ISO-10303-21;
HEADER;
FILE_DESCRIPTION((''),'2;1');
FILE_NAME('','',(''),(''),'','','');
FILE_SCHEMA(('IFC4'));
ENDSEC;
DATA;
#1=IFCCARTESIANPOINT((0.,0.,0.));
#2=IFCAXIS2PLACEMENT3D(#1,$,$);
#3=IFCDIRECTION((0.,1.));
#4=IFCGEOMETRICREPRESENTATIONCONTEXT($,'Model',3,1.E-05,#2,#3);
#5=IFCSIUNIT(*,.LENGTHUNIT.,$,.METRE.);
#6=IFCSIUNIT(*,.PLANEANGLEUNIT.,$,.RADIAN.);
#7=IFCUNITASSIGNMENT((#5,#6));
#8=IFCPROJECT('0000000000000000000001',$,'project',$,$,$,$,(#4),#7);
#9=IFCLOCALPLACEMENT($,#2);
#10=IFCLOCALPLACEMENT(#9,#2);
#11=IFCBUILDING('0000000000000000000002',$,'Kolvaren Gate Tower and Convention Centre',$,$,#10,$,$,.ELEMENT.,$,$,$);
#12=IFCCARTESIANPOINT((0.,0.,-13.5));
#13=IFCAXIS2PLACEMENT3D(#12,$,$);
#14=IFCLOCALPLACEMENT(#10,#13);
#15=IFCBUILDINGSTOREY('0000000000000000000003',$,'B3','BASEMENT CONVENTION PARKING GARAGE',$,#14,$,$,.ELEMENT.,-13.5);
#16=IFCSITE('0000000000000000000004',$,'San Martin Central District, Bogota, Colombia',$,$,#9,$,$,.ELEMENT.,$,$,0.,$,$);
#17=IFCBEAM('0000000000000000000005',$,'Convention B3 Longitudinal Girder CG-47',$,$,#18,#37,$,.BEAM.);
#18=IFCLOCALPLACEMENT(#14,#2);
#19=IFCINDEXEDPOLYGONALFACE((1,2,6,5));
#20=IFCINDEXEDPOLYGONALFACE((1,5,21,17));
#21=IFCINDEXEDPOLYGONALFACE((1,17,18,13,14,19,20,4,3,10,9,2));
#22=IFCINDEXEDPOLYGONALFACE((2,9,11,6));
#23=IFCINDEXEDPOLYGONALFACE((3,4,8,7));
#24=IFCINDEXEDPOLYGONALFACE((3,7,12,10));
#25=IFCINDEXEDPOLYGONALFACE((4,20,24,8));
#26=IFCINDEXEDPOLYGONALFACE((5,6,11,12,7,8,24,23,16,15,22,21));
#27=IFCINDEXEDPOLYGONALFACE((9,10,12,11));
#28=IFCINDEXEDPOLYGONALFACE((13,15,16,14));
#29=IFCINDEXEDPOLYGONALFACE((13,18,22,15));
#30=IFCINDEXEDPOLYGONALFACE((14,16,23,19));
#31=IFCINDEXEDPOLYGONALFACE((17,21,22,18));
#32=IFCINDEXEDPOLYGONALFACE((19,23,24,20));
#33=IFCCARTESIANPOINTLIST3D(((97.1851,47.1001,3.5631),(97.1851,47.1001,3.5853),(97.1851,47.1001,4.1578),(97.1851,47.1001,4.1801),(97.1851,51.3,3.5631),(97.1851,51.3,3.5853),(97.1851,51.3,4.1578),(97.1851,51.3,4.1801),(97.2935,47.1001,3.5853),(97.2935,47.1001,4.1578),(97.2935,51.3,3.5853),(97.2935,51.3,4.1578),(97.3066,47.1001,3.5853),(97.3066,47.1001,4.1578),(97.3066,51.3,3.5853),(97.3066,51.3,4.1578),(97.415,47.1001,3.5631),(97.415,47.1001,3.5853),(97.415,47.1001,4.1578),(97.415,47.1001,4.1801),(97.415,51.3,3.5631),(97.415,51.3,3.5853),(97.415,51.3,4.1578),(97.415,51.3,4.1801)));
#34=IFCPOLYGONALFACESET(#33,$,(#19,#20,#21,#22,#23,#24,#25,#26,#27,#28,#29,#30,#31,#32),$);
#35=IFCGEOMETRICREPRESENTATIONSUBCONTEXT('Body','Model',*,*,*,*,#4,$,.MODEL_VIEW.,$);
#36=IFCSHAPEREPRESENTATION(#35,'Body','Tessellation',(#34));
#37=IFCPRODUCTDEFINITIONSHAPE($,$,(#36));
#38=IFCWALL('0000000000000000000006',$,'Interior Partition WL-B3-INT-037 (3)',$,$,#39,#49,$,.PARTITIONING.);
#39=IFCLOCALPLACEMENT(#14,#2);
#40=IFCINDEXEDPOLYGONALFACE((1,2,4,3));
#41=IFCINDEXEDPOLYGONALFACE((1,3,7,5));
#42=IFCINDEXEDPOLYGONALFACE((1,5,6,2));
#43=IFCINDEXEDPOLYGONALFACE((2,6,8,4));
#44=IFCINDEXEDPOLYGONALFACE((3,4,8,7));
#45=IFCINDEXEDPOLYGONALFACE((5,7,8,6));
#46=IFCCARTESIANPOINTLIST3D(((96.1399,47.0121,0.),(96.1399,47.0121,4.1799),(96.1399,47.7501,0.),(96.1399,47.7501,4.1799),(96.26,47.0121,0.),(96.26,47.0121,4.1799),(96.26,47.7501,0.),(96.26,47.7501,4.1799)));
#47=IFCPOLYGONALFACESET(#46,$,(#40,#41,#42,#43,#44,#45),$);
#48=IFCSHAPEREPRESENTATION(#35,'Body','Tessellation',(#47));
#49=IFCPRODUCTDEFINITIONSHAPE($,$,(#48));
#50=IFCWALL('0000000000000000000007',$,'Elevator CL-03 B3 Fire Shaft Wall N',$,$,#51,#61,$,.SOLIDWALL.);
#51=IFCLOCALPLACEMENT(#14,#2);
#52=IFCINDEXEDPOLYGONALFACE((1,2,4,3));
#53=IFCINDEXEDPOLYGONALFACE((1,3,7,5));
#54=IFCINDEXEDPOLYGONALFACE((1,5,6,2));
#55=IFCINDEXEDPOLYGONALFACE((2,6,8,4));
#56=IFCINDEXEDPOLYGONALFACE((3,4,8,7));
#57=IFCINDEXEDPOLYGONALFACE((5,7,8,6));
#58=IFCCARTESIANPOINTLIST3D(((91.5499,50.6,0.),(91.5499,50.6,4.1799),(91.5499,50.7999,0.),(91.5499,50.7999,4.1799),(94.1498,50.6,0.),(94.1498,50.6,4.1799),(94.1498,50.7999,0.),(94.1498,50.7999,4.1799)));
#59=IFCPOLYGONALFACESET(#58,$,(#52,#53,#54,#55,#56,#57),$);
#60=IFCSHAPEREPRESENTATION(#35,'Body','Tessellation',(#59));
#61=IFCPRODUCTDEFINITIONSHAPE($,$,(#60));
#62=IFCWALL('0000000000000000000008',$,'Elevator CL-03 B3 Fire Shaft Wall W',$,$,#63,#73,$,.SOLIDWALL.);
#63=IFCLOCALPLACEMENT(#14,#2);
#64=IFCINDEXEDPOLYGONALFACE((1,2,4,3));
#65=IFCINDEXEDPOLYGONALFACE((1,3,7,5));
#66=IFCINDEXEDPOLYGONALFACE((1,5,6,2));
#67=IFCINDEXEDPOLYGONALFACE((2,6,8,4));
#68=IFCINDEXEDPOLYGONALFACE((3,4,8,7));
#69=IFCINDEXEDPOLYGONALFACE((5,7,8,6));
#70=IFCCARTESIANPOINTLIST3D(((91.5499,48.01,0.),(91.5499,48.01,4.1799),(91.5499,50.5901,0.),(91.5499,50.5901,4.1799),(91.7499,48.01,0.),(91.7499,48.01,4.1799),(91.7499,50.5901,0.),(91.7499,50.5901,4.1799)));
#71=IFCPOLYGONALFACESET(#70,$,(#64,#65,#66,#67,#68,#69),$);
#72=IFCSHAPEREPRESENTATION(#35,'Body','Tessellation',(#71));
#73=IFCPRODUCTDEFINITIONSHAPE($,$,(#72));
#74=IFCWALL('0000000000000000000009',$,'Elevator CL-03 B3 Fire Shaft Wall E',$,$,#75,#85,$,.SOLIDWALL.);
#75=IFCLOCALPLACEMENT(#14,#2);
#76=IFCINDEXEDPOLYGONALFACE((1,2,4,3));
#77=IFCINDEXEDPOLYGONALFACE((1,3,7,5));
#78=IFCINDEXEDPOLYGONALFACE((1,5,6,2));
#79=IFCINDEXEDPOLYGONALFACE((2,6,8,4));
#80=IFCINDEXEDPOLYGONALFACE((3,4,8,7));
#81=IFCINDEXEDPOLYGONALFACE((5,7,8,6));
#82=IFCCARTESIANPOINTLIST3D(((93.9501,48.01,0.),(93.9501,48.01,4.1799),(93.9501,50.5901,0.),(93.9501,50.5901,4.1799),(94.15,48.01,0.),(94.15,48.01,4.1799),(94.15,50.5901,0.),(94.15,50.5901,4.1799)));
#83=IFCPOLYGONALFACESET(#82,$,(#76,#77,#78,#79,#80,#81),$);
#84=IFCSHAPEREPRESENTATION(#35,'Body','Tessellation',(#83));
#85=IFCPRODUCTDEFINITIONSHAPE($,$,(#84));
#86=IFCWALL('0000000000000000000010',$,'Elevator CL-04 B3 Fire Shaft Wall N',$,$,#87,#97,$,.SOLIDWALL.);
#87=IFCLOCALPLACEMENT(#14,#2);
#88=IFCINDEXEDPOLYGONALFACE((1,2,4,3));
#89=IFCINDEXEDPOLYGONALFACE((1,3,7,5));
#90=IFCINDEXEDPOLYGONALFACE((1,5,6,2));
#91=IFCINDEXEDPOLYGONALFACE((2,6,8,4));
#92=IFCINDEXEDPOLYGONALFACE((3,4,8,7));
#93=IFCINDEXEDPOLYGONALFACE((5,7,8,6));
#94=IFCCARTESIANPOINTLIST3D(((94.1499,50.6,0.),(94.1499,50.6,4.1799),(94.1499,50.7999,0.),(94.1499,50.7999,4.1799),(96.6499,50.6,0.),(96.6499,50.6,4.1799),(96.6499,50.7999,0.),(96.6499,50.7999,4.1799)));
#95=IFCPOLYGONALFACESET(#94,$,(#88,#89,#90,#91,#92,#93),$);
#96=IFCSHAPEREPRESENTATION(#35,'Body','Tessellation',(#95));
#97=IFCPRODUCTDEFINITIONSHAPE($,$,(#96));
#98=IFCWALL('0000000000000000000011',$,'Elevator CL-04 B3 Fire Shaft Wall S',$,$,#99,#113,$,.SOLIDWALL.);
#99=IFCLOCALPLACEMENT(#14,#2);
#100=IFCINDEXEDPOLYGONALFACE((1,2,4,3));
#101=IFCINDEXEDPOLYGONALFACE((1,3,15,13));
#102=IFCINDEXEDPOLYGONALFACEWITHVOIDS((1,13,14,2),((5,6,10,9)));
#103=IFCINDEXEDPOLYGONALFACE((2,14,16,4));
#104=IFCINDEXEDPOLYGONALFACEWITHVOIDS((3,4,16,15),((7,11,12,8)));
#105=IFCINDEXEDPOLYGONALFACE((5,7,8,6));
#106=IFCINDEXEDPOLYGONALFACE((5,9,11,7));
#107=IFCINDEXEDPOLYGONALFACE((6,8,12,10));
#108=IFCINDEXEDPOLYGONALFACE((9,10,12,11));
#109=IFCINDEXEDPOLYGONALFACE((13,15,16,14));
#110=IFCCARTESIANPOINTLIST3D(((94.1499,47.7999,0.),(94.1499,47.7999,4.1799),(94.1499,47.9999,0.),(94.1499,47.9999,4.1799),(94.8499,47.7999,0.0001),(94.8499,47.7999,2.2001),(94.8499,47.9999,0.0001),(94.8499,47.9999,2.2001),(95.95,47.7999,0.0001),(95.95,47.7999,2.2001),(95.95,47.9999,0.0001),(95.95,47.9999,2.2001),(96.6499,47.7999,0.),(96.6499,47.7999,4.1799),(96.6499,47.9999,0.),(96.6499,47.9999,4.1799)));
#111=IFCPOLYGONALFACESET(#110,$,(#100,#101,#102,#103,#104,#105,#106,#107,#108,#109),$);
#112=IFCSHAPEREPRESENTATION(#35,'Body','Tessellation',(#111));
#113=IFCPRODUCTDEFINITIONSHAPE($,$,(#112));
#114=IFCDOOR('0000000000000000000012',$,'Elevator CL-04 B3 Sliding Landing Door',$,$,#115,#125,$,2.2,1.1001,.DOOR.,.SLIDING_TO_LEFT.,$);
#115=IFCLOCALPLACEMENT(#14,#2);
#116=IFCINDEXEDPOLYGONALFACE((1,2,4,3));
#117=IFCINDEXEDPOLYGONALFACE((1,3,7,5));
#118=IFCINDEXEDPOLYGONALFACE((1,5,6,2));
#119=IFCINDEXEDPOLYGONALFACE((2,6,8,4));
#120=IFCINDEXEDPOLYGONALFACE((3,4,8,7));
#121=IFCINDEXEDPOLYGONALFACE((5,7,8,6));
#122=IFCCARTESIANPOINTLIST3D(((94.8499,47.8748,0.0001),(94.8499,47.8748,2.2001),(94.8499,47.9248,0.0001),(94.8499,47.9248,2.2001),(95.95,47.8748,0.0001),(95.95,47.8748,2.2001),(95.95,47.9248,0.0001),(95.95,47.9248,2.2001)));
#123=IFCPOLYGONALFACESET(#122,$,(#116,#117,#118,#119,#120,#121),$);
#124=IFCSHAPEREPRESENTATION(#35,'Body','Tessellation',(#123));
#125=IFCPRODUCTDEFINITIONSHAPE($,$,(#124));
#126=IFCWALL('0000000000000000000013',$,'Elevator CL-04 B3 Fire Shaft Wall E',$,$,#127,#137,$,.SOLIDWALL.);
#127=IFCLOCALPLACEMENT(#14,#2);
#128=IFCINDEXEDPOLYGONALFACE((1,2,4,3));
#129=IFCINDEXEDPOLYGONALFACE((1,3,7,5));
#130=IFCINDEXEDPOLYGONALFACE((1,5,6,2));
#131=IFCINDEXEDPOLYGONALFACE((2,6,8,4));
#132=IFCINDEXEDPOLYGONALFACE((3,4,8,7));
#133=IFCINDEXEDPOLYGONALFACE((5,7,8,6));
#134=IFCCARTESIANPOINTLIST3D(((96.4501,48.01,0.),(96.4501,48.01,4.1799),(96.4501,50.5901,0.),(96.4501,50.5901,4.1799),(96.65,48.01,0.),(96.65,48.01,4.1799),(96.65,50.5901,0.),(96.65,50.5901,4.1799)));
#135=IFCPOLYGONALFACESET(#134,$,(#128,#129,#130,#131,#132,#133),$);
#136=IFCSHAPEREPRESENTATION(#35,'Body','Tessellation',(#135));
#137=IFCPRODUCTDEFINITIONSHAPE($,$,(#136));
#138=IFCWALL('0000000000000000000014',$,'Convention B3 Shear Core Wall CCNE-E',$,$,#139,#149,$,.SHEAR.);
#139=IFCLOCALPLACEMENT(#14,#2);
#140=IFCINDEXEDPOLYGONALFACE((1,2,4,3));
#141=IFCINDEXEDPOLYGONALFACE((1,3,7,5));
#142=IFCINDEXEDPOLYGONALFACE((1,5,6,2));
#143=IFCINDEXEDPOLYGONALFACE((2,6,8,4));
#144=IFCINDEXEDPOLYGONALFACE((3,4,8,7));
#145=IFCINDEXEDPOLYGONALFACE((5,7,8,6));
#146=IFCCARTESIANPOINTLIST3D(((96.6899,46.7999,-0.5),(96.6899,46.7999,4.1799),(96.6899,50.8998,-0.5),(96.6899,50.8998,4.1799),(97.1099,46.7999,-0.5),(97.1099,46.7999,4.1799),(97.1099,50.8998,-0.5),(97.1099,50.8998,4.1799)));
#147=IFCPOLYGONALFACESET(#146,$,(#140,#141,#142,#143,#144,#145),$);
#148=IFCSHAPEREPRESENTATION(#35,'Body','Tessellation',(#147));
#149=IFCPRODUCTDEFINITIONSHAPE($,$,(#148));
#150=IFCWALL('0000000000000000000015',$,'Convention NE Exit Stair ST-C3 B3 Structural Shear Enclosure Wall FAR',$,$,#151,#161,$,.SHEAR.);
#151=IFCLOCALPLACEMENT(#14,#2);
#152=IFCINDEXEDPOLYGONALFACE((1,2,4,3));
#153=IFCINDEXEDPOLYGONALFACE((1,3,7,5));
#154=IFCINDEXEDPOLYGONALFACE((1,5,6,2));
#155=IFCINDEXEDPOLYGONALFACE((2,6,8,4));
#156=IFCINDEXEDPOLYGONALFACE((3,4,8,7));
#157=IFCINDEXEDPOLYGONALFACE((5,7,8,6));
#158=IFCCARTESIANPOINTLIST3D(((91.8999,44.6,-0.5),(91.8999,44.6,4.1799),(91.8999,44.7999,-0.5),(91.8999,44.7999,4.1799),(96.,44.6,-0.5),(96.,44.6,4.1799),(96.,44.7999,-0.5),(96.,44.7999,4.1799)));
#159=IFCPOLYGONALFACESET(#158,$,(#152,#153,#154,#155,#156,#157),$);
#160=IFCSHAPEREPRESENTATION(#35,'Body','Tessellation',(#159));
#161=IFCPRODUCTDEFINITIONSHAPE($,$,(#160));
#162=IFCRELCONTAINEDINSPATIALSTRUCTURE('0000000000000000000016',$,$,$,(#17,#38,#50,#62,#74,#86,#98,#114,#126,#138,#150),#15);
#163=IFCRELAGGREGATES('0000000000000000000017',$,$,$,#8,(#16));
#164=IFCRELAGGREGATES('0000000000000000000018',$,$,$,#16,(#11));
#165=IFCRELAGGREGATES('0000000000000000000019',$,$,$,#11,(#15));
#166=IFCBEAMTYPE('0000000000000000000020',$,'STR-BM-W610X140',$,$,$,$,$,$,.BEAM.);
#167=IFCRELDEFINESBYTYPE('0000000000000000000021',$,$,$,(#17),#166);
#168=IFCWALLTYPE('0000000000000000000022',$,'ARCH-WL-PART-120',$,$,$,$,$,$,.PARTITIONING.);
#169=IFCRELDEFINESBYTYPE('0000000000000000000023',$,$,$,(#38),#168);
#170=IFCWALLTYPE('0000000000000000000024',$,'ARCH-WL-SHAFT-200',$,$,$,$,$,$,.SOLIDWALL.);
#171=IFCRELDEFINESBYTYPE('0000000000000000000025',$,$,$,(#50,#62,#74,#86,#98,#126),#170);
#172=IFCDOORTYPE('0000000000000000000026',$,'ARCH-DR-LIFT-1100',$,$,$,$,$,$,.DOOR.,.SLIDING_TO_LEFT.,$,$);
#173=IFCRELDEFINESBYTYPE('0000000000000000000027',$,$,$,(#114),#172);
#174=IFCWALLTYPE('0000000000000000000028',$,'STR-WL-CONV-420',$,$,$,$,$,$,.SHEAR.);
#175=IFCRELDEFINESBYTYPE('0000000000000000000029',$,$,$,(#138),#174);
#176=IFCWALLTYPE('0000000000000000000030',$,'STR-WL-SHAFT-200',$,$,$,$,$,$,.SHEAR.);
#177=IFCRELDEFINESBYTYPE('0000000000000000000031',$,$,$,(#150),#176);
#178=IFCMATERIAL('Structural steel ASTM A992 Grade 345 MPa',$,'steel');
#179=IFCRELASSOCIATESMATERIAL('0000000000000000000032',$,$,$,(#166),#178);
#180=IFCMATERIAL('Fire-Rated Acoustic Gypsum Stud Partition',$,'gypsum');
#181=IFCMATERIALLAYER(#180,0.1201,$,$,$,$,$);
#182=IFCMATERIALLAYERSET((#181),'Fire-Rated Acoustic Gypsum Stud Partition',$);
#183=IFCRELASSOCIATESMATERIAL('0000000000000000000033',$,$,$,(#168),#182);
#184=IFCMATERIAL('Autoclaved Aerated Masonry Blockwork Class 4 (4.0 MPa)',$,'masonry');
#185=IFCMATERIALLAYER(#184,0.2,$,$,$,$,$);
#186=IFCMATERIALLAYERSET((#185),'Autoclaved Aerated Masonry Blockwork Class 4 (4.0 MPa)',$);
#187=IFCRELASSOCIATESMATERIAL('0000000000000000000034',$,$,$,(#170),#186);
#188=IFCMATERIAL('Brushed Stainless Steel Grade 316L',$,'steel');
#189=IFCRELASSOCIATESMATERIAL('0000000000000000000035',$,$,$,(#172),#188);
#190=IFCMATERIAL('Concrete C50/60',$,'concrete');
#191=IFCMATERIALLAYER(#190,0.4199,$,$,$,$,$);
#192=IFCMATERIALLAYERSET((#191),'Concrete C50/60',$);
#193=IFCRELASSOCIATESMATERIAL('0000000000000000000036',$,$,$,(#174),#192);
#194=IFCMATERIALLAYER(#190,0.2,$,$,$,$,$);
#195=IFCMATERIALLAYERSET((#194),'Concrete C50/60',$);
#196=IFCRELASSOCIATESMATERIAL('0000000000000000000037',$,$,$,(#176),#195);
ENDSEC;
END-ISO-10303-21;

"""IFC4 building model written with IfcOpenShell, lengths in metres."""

from ifc_helpers import new_model, si_unit, direction, frame, frame_2d, origin, origin_2d, place, context, subcontext, project, spatial, rectangle, i_section, extrude, material, layer, layer_set, material_profile, profile_set, type_object, element, fill, save


model = new_model("IFC4")

# Units and contexts
model_context = context("Model", 3, precision=1e-05, world=origin(), true_north=direction((0.0, 1.0)))
body_context = subcontext(model_context, "Body", "Model", "MODEL_VIEW")
ifc_project = project(units=[si_unit("LENGTHUNIT", "METRE"), si_unit("PLANEANGLEUNIT", "RADIAN")], contexts=[model_context])

# Site, building, storey
site_placement = place(None, origin())
site = spatial("IfcSite", under=ifc_project, at=site_placement, Name="San Martin Central District, Bogota, Colombia", CompositionType="ELEMENT", RefElevation=0.0)
building_placement = place(site_placement, origin())
building = spatial("IfcBuilding", under=site, at=building_placement, Name="Kolvaren Gate Tower and Convention Centre", CompositionType="ELEMENT")
storey_placement = place(building_placement, frame((0.0, 0.0, -13.5)))
storey = spatial("IfcBuildingStorey", under=building, at=storey_placement, Name="B3", Description="BASEMENT CONVENTION PARKING GARAGE", CompositionType="ELEMENT", Elevation=-13.5)

# Shared definitions
ifc_material_1 = material(Name="Concrete C50/60", Category="concrete")

# Beam
ifc_material_2 = material(Name="Structural steel ASTM A992 Grade 345 MPa", Category="steel")
ifc_material_profile_1 = material_profile(ifc_material_2, i_section(OverallWidth=0.23, OverallDepth=0.6169, WebThickness=0.0132, FlangeThickness=0.0222, at=origin_2d()), Name="W610X140")
ifc_profile_set_1 = profile_set([ifc_material_profile_1], Name="Structural steel ASTM A992 Grade 345 MPa")
beam_type = type_object("IfcBeamType", Name="STR-BM-W610X140", PredefinedType="BEAM", material=ifc_profile_set_1)
beam_placement = place(storey_placement, frame((97.3, 47.1001, 3.8716), z_axis=(0.0, 1.0, 0.0), x_axis=(-1.0, 0.0, 0.0)))
element("IfcBeam", 1, at=beam_placement, inside=storey, type_object=beam_type, Name="Convention B3 Longitudinal Girder CG-47", PredefinedType="BEAM", context=body_context, shape_type="SweptSolid", body=[
    extrude(i_section(OverallWidth=0.23, OverallDepth=0.6169, WebThickness=0.0132, FlangeThickness=0.0222, at=origin_2d()), origin(), (0.0, 0.0, 1.0), 4.2),
])

# Walls
ifc_material_3 = material(Name="Fire-Rated Acoustic Gypsum Stud Partition", Category="gypsum")
ifc_layer_1 = layer(ifc_material_3, 0.1201)
ifc_layer_set_1 = layer_set([ifc_layer_1], Name="Fire-Rated Acoustic Gypsum Stud Partition")
wall_type_1 = type_object("IfcWallType", Name="ARCH-WL-PART-120", PredefinedType="PARTITIONING", material=ifc_layer_set_1)
wall_1_placement = place(storey_placement, frame((96.2, 47.012, 0.0), z_axis=(0.0, 0.0, 1.0), x_axis=(0.0, 1.0, 0.0)))
element("IfcWall", 2, at=wall_1_placement, inside=storey, type_object=wall_type_1, Name="Interior Partition WL-B3-INT-037 (3)", PredefinedType="PARTITIONING", context=body_context, shape_type="SweptSolid", body=[
    extrude(rectangle(XDim=0.738, YDim=0.1201, at=frame_2d((0.3691, 0.0))), origin(), (0.0, 0.0, 1.0), 4.1799),
])
ifc_material_4 = material(Name="Autoclaved Aerated Masonry Blockwork Class 4 (4.0 MPa)", Category="masonry")
ifc_layer_2 = layer(ifc_material_4, 0.2)
ifc_layer_set_2 = layer_set([ifc_layer_2], Name="Autoclaved Aerated Masonry Blockwork Class 4 (4.0 MPa)")
wall_type_2 = type_object("IfcWallType", Name="ARCH-WL-SHAFT-200", PredefinedType="SOLIDWALL", material=ifc_layer_set_2)
wall_2_placement = place(storey_placement, frame((91.55, 50.7, 0.0), z_axis=(0.0, 0.0, 1.0), x_axis=(1.0, 0.0, 0.0)))
element("IfcWall", 3, at=wall_2_placement, inside=storey, type_object=wall_type_2, Name="Elevator CL-03 B3 Fire Shaft Wall N", PredefinedType="SOLIDWALL", context=body_context, shape_type="SweptSolid", body=[
    extrude(rectangle(XDim=2.5999, YDim=0.2, at=frame_2d((1.2998, 0.0))), origin(), (0.0, 0.0, 1.0), 4.1799),
])
for number, where, z_axis, x_axis, name in (
    (4, (91.6499, 48.01, 0.0), (0.0, 0.0, 1.0), (0.0, 1.0, 0.0), "Elevator CL-03 B3 Fire Shaft Wall W"),
    (5, (94.05, 48.01, 0.0), (0.0, 0.0, 1.0), (0.0, 1.0, 0.0), "Elevator CL-03 B3 Fire Shaft Wall E"),
):
    element("IfcWall", number, at=place(storey_placement, frame(where, z_axis=z_axis, x_axis=x_axis)), inside=storey, type_object=wall_type_2, Name=name, PredefinedType="SOLIDWALL", context=body_context, shape_type="SweptSolid", body=[
        extrude(rectangle(XDim=2.5801, YDim=0.2, at=frame_2d((1.29, 0.0))), origin(), (0.0, 0.0, 1.0), 4.1799),
    ])
wall_3_placement = place(storey_placement, frame((94.1499, 50.7, 0.0), z_axis=(0.0, 0.0, 1.0), x_axis=(1.0, 0.0, 0.0)))
element("IfcWall", 6, at=wall_3_placement, inside=storey, type_object=wall_type_2, Name="Elevator CL-04 B3 Fire Shaft Wall N", PredefinedType="SOLIDWALL", context=body_context, shape_type="SweptSolid", body=[
    extrude(rectangle(XDim=2.5, YDim=0.2, at=frame_2d((1.25, 0.0))), origin(), (0.0, 0.0, 1.0), 4.1799),
])

# Wall, opening, door
wall_4_placement = place(storey_placement, frame((94.1499, 47.8999, 0.0), z_axis=(0.0, 0.0, 1.0), x_axis=(1.0, 0.0, 0.0)))
wall_4 = element("IfcWall", 7, at=wall_4_placement, inside=storey, type_object=wall_type_2, Name="Elevator CL-04 B3 Fire Shaft Wall S", PredefinedType="SOLIDWALL", context=body_context, shape_type="SweptSolid", body=[
    extrude(rectangle(XDim=2.5, YDim=0.2, at=frame_2d((1.25, 0.0))), origin(), (0.0, 0.0, 1.0), 4.1799),
])
opening_placement = place(wall_4_placement, frame((0.7, 0.0, 0.0)))
opening = element("IfcOpeningElement", 8, at=opening_placement, cuts=wall_4, PredefinedType="OPENING", context=body_context, shape_type="SweptSolid", body=[
    extrude(rectangle(XDim=1.1001, YDim=2.2, at=frame_2d((0.55, 1.1001))), frame((0.0, 0.1099, 0.0), z_axis=(0.0, -1.0, 0.0), x_axis=(1.0, 0.0, 0.0)), (0.0, 0.0, 1.0), 0.22),
])
ifc_material_5 = material(Name="Brushed Stainless Steel Grade 316L", Category="steel")
door_type = type_object("IfcDoorType", Name="ARCH-DR-LIFT-1100", OperationType="SLIDING_TO_LEFT", PredefinedType="DOOR", material=ifc_material_5)
door_placement = place(opening_placement, origin())
door = element("IfcDoor", 9, at=door_placement, inside=storey, type_object=door_type, Name="Elevator CL-04 B3 Sliding Landing Door", OperationType="SLIDING_TO_LEFT", OverallHeight=2.2, OverallWidth=1.1001, PredefinedType="DOOR", context=body_context, shape_type="SweptSolid", body=[
    extrude(rectangle(XDim=1.1001, YDim=2.2, at=frame_2d((0.55, 1.1001))), frame((0.0, 0.0249, 0.0), z_axis=(0.0, -1.0, 0.0), x_axis=(1.0, 0.0, 0.0)), (0.0, 0.0, 1.0), 0.05),
])
fill(opening, door)

# Walls
wall_5_placement = place(storey_placement, frame((96.55, 48.01, 0.0), z_axis=(0.0, 0.0, 1.0), x_axis=(0.0, 1.0, 0.0)))
element("IfcWall", 10, at=wall_5_placement, inside=storey, type_object=wall_type_2, Name="Elevator CL-04 B3 Fire Shaft Wall E", PredefinedType="SOLIDWALL", context=body_context, shape_type="SweptSolid", body=[
    extrude(rectangle(XDim=2.5801, YDim=0.2, at=frame_2d((1.29, 0.0))), origin(), (0.0, 0.0, 1.0), 4.1799),
])
ifc_layer_3 = layer(ifc_material_1, 0.4199)
ifc_layer_set_3 = layer_set([ifc_layer_3], Name="Concrete C50/60")
wall_type_3 = type_object("IfcWallType", Name="STR-WL-CONV-420", PredefinedType="SHEAR", material=ifc_layer_set_3)
wall_6_placement = place(storey_placement, frame((96.8999, 46.8, -0.5), z_axis=(0.0, 0.0, 1.0), x_axis=(0.0, 1.0, 0.0)))
element("IfcWall", 11, at=wall_6_placement, inside=storey, type_object=wall_type_3, Name="Convention B3 Shear Core Wall CCNE-E", PredefinedType="SHEAR", context=body_context, shape_type="SweptSolid", body=[
    extrude(rectangle(XDim=4.0999, YDim=0.4199, at=frame_2d((2.0498, 0.0))), origin(), (0.0, 0.0, 1.0), 4.6799),
])
ifc_layer_4 = layer(ifc_material_1, 0.2)
ifc_layer_set_4 = layer_set([ifc_layer_4], Name="Concrete C50/60")
wall_type_4 = type_object("IfcWallType", Name="STR-WL-SHAFT-200", PredefinedType="SHEAR", material=ifc_layer_set_4)
wall_7_placement = place(storey_placement, frame((91.8999, 44.7, -0.5), z_axis=(0.0, 0.0, 1.0), x_axis=(1.0, 0.0, 0.0)))
element("IfcWall", 12, at=wall_7_placement, inside=storey, type_object=wall_type_4, Name="Convention NE Exit Stair ST-C3 B3 Structural Shear Enclosure Wall FAR", PredefinedType="SHEAR", context=body_context, shape_type="SweptSolid", body=[
    extrude(rectangle(XDim=4.1001, YDim=0.2, at=frame_2d((2.05, 0.0))), origin(), (0.0, 0.0, 1.0), 4.6799),
])

save(model, "model.ifc")
